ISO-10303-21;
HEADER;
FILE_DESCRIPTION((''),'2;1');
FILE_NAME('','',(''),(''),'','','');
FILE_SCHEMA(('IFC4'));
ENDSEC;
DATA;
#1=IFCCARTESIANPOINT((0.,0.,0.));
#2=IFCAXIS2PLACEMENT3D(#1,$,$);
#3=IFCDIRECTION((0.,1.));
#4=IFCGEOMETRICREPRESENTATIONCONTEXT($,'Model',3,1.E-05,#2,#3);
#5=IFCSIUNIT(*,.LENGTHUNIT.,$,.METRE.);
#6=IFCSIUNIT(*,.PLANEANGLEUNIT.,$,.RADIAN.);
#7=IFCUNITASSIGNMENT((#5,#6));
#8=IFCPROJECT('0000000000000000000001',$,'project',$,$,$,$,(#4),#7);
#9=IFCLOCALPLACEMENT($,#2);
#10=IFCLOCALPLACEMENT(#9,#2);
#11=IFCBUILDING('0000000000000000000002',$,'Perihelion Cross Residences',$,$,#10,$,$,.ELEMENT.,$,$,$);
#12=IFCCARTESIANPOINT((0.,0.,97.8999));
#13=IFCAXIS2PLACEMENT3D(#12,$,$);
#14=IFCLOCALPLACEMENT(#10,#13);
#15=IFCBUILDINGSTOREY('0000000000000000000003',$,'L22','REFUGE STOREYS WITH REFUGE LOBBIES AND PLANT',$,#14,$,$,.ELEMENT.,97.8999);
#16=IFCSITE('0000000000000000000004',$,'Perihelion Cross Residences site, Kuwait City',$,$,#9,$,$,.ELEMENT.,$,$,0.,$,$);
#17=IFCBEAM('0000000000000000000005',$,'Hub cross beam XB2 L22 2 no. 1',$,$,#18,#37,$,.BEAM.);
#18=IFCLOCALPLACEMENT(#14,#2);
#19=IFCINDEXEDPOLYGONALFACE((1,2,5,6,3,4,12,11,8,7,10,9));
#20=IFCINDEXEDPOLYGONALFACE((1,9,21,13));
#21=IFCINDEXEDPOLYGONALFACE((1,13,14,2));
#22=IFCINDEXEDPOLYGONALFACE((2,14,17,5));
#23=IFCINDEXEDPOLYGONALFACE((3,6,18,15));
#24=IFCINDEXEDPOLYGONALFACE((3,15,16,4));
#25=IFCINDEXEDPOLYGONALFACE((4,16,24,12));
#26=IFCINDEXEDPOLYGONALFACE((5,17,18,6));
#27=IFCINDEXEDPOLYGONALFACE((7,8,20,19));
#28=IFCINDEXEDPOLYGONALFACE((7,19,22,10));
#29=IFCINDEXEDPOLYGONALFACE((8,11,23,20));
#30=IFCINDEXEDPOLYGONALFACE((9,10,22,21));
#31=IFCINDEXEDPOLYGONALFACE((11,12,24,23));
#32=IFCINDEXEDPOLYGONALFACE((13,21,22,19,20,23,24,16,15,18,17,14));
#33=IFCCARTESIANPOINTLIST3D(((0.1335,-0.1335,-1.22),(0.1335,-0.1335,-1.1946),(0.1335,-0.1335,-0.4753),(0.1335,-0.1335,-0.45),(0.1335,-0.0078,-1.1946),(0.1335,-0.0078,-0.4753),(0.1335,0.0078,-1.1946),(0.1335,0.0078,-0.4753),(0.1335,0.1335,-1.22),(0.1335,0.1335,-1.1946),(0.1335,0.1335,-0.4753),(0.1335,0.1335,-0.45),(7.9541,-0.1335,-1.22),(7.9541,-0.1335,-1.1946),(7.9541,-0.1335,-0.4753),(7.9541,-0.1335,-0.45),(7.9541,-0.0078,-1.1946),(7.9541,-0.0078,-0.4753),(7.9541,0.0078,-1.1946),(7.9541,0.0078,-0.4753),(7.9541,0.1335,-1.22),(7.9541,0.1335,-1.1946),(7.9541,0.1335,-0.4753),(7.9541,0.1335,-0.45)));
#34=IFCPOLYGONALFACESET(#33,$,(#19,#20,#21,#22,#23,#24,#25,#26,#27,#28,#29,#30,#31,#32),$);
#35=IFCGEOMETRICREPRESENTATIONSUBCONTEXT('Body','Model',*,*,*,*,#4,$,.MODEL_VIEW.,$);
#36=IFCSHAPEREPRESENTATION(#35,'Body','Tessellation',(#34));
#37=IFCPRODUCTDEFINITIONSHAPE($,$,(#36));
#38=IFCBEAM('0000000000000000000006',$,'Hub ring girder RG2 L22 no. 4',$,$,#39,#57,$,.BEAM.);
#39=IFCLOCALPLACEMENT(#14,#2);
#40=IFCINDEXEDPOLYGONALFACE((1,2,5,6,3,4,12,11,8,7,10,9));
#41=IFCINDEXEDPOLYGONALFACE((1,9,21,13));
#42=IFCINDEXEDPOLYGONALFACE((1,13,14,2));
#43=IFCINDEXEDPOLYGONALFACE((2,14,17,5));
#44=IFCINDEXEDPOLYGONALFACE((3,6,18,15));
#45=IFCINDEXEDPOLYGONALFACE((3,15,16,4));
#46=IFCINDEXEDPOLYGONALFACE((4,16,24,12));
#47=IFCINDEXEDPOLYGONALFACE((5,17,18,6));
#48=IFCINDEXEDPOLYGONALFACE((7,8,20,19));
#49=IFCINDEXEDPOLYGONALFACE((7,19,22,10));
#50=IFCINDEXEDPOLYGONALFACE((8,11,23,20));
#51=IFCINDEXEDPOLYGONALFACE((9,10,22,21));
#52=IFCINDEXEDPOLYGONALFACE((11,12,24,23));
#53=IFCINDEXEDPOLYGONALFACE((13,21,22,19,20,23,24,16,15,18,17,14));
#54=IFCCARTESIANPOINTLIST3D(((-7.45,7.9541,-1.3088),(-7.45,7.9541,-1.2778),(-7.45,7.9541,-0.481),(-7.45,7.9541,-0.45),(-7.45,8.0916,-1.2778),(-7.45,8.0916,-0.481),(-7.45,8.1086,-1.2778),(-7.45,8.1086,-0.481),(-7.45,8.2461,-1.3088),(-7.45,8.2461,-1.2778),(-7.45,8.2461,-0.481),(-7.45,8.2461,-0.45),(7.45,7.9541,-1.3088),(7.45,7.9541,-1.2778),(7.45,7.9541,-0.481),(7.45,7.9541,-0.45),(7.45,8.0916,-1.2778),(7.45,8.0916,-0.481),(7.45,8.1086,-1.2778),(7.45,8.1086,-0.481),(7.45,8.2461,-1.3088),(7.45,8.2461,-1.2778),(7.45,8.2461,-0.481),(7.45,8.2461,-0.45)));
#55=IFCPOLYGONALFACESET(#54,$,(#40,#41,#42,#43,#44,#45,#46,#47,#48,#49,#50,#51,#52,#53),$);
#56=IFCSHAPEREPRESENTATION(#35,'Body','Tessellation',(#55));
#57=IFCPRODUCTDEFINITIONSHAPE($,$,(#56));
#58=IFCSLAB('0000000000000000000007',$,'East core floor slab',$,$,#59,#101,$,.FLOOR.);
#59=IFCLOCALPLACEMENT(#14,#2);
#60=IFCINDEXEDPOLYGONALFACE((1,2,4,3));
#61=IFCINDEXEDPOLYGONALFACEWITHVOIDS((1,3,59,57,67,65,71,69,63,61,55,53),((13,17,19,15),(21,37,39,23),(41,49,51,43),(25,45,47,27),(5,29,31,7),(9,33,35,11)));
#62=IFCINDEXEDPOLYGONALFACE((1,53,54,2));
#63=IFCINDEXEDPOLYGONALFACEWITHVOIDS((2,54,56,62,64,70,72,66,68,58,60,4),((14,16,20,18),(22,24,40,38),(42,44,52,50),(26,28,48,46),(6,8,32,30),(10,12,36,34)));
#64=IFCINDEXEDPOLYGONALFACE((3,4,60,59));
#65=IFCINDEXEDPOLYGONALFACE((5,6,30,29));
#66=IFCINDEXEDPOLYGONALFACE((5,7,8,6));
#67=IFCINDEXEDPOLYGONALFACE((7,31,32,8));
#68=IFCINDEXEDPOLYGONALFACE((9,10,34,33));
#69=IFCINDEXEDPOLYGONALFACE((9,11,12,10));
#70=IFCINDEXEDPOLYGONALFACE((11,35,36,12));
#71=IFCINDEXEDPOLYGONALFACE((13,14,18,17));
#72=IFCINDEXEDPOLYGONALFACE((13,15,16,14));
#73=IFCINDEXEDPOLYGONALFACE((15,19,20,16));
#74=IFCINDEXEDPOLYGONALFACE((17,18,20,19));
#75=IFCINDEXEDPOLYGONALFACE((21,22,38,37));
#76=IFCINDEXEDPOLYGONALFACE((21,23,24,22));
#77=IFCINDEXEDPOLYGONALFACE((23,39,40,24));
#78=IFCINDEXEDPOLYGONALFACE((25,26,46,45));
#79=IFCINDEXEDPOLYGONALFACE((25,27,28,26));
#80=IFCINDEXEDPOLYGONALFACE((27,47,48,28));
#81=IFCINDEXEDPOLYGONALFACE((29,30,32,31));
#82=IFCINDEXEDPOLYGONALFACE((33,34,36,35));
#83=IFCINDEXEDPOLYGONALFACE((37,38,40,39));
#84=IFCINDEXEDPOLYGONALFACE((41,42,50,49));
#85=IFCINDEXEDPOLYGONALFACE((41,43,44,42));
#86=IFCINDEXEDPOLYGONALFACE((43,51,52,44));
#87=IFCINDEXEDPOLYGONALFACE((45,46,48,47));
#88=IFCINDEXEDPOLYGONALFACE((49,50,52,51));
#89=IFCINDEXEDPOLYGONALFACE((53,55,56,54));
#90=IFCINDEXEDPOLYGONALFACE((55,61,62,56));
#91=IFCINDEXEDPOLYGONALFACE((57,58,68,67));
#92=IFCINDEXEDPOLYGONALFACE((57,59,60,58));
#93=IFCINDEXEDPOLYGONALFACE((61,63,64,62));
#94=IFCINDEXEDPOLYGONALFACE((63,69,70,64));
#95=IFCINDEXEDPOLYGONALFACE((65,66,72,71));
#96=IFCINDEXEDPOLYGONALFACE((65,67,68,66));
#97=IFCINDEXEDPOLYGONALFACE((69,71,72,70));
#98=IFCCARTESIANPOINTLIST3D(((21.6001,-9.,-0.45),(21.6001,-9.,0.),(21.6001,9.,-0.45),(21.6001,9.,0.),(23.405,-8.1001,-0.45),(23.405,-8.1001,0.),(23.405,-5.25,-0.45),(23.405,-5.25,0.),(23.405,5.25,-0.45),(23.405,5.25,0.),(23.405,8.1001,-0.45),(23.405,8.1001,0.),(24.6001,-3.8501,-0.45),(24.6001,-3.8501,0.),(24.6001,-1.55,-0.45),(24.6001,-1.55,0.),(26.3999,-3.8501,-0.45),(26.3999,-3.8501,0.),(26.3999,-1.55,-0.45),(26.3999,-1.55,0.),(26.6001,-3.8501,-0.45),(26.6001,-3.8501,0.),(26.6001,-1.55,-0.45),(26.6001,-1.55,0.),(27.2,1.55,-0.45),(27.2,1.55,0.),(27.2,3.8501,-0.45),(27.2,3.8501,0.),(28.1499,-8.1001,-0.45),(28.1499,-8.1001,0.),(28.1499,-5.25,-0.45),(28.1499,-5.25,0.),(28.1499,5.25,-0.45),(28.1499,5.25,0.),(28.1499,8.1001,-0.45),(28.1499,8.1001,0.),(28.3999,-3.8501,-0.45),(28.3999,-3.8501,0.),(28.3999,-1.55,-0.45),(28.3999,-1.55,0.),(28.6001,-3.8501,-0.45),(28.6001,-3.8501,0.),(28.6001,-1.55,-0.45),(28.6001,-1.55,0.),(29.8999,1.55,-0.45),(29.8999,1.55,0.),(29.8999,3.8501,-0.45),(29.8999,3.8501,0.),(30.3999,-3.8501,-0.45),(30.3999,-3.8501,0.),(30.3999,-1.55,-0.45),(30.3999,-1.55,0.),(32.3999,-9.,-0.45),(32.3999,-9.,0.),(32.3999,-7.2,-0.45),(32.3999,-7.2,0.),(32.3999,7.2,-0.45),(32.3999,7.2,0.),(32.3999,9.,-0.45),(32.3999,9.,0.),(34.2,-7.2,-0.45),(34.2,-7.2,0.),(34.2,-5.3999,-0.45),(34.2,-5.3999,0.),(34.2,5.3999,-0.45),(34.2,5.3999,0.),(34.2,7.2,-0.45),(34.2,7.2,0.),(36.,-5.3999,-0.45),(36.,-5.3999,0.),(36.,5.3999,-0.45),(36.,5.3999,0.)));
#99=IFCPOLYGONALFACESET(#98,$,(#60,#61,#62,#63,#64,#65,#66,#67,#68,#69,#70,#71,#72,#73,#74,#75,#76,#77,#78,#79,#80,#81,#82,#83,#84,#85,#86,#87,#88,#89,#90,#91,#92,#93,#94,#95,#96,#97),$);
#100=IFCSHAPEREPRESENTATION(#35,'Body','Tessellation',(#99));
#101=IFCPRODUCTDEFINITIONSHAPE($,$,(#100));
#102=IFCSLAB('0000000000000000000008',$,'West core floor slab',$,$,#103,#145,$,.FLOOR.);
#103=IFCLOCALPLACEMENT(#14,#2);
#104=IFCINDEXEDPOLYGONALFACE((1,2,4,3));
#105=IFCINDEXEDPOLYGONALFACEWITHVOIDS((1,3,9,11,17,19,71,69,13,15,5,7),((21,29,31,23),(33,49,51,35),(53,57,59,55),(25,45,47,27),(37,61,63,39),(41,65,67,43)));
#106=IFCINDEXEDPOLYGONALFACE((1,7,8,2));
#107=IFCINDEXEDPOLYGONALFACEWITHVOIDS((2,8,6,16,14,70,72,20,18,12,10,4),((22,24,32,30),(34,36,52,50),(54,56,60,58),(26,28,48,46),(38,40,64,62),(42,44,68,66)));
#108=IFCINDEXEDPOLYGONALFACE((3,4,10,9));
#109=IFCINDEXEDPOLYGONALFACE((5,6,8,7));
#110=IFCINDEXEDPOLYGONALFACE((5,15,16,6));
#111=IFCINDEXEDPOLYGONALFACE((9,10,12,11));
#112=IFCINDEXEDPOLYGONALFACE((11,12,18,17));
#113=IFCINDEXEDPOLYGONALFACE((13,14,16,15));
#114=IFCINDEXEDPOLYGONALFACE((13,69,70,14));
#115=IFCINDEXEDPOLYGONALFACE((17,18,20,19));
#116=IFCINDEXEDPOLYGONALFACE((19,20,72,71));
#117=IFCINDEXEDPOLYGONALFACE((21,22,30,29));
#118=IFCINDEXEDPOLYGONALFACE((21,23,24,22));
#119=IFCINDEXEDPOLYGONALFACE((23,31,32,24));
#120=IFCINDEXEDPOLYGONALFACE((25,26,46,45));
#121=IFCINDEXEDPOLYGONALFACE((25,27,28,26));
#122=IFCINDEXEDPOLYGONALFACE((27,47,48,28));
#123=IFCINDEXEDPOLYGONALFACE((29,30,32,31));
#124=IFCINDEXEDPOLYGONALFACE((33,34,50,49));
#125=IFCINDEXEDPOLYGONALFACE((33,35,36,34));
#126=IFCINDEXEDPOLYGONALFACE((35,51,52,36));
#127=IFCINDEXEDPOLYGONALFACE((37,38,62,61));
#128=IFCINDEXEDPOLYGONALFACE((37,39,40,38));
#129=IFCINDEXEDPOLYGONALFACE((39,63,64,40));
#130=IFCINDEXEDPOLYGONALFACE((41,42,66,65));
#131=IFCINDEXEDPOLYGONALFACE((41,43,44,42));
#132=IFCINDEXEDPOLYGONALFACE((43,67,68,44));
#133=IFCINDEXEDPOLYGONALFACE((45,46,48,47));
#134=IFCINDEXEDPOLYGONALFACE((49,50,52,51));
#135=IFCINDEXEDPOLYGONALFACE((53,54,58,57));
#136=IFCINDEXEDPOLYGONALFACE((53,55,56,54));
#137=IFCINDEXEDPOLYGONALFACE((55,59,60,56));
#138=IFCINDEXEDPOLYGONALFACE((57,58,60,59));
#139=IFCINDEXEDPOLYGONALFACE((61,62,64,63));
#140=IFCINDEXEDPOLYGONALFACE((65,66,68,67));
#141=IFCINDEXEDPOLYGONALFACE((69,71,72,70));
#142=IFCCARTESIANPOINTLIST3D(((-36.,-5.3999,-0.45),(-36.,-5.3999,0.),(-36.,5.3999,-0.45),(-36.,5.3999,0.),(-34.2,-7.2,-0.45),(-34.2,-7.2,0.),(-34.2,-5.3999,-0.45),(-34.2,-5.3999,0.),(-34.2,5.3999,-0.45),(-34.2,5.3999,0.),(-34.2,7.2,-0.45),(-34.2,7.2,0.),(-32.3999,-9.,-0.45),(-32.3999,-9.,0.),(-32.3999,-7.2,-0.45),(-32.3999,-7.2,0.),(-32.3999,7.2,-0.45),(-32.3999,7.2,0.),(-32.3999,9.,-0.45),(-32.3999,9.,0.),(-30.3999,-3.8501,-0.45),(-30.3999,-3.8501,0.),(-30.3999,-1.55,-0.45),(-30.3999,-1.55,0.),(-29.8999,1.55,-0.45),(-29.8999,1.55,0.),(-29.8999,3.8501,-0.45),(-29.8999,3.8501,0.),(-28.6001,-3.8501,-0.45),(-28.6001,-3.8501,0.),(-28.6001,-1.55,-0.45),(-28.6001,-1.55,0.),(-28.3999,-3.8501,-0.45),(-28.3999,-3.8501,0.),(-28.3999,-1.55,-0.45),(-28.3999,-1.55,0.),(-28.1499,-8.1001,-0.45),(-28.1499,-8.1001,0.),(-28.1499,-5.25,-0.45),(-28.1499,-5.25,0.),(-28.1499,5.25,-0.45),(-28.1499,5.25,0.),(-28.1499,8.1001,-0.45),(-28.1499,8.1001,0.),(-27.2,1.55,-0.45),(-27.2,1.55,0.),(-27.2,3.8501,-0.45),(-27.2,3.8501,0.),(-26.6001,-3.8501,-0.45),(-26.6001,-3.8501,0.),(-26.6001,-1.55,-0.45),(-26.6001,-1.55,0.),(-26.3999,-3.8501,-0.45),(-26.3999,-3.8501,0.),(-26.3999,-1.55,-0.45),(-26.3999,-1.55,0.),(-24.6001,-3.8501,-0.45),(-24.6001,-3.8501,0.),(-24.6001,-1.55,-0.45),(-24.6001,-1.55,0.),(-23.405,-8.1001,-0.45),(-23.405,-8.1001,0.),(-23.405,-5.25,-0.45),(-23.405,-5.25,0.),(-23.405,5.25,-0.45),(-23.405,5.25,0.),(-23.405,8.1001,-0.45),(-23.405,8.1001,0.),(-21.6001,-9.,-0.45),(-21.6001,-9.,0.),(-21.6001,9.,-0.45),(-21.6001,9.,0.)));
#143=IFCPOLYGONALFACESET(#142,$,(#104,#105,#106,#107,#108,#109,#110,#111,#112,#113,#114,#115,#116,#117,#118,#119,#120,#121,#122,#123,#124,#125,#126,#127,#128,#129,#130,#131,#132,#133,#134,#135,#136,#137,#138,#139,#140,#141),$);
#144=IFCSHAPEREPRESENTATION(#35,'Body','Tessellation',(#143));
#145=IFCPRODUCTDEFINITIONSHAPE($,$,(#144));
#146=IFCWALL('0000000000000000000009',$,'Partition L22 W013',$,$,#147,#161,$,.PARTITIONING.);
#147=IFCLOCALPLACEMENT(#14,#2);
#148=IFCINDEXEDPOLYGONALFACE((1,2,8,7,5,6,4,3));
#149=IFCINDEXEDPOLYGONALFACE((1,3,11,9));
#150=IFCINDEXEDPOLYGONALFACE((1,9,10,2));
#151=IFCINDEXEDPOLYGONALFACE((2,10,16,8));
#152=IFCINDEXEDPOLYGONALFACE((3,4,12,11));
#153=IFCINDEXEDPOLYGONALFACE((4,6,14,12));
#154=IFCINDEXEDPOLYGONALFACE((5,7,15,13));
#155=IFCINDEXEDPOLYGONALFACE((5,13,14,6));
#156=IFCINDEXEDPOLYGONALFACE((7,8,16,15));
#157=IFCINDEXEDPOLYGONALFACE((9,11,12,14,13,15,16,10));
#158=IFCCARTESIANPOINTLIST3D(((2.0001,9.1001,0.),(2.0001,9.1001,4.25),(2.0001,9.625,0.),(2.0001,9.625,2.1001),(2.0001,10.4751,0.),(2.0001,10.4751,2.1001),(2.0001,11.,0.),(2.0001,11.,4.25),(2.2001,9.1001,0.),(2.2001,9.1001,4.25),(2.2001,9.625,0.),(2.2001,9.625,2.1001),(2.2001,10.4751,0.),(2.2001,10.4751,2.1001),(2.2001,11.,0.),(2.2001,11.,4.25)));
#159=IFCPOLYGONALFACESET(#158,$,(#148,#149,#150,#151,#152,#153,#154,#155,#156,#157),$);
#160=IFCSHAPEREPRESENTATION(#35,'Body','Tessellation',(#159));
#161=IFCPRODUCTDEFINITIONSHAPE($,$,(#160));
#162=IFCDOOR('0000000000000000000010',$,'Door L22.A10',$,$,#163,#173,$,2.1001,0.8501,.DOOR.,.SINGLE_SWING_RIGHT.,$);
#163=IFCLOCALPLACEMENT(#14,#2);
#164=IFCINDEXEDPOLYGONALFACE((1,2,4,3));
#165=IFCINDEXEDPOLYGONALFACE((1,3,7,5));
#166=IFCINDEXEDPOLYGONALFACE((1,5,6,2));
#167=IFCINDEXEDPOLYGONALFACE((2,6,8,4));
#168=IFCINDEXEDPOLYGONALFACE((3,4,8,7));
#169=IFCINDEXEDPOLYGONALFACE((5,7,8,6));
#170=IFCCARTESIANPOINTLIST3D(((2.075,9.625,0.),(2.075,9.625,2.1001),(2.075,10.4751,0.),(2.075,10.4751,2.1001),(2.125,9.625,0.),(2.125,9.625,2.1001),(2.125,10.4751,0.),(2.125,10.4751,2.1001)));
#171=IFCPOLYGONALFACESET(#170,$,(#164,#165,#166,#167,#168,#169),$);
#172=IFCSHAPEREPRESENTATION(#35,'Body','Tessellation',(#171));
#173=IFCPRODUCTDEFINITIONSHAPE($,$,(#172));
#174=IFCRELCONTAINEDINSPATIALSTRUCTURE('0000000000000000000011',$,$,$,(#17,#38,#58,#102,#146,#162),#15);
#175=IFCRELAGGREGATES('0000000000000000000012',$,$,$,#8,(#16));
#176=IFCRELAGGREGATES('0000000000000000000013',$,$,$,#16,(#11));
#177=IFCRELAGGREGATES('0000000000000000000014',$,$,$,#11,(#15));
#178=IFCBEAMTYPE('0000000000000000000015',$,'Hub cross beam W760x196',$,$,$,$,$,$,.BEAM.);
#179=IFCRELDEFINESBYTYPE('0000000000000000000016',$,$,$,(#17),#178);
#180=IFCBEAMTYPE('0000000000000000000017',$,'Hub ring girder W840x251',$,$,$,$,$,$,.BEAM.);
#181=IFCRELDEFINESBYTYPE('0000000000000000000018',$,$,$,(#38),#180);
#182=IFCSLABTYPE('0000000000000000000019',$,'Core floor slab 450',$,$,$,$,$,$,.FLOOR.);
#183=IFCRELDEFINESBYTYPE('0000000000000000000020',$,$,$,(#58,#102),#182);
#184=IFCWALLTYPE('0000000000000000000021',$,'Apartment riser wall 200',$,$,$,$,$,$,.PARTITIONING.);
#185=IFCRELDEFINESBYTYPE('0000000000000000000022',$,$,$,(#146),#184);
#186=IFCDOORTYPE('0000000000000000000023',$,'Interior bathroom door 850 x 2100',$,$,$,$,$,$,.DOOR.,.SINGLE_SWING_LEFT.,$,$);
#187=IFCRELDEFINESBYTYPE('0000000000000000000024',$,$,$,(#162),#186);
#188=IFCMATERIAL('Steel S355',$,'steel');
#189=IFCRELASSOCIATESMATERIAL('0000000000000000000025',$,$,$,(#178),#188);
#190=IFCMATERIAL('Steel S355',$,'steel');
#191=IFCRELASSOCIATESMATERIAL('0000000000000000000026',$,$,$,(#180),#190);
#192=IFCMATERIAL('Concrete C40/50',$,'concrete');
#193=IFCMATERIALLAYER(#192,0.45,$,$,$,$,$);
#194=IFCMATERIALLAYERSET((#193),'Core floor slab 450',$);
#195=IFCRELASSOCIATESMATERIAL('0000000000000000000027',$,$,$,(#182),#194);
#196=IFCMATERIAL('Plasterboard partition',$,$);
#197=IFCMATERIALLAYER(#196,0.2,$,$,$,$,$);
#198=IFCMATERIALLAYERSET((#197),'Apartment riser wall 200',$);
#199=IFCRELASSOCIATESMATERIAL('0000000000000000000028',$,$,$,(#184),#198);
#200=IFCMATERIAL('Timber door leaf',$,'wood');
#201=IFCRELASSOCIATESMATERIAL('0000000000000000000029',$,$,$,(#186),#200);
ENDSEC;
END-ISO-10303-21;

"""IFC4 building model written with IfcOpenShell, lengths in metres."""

from ifc_helpers import new_model, si_unit, direction, frame, frame_2d, origin, origin_2d, place, context, subcontext, project, spatial, polyline, rectangle, i_section, outline, extrude, material, layer, layer_set, material_profile, profile_set, type_object, element, fill, save


model = new_model("IFC4")

# Units and contexts
model_context = context("Model", 3, precision=1e-05, world=origin(), true_north=direction((0.0, 1.0)))
body_context = subcontext(model_context, "Body", "Model", "MODEL_VIEW")
ifc_project = project(units=[si_unit("LENGTHUNIT", "METRE"), si_unit("PLANEANGLEUNIT", "RADIAN")], contexts=[model_context])

# Site, building, storey
site_placement = place(None, origin())
site = spatial("IfcSite", under=ifc_project, at=site_placement, Name="Perihelion Cross Residences site, Kuwait City", CompositionType="ELEMENT", RefElevation=0.0)
building_placement = place(site_placement, origin())
building = spatial("IfcBuilding", under=site, at=building_placement, Name="Perihelion Cross Residences", CompositionType="ELEMENT")
storey_placement = place(building_placement, frame((0.0, 0.0, 97.8999)))
storey = spatial("IfcBuildingStorey", under=building, at=storey_placement, Name="L22", Description="REFUGE STOREYS WITH REFUGE LOBBIES AND PLANT", CompositionType="ELEMENT", Elevation=97.8999)

# Beams
ifc_material_1 = material(Name="Steel S355", Category="steel")
ifc_material_profile_1 = material_profile(ifc_material_1, i_section(OverallWidth=0.2671, OverallDepth=0.77, WebThickness=0.0156, FlangeThickness=0.0254, at=origin_2d()), Name="W760x196")
ifc_profile_set_1 = profile_set([ifc_material_profile_1], Name="Steel S355")
beam_type_1 = type_object("IfcBeamType", Name="Hub cross beam W760x196", PredefinedType="BEAM", material=ifc_profile_set_1)
beam_1_placement = place(storey_placement, frame((0.1335, 0.0, -0.835), z_axis=(1.0, 0.0, 0.0), x_axis=(0.0, 1.0, 0.0)))
element("IfcBeam", 1, at=beam_1_placement, inside=storey, type_object=beam_type_1, Name="Hub cross beam XB2 L22 2 no. 1", PredefinedType="BEAM", context=body_context, shape_type="SweptSolid", body=[
    extrude(i_section(OverallWidth=0.2671, OverallDepth=0.77, WebThickness=0.0156, FlangeThickness=0.0254, at=origin_2d()), origin(), (0.0, 0.0, 1.0), 7.8206),
])
ifc_material_2 = material(Name="Steel S355", Category="steel")
ifc_material_profile_2 = material_profile(ifc_material_2, i_section(OverallWidth=0.292, OverallDepth=0.8589, WebThickness=0.0171, FlangeThickness=0.031, at=origin_2d()), Name="W840x251")
ifc_profile_set_2 = profile_set([ifc_material_profile_2], Name="Steel S355")
beam_type_2 = type_object("IfcBeamType", Name="Hub ring girder W840x251", PredefinedType="BEAM", material=ifc_profile_set_2)
beam_2_placement = place(storey_placement, frame((7.45, 8.1001, -0.8794), z_axis=(-1.0, 0.0, 0.0), x_axis=(0.0, -1.0, 0.0)))
element("IfcBeam", 2, at=beam_2_placement, inside=storey, type_object=beam_type_2, Name="Hub ring girder RG2 L22 no. 4", PredefinedType="BEAM", context=body_context, shape_type="SweptSolid", body=[
    extrude(i_section(OverallWidth=0.292, OverallDepth=0.8589, WebThickness=0.0171, FlangeThickness=0.031, at=origin_2d()), origin(), (0.0, 0.0, 1.0), 14.8999),
])

# Slabs
ifc_material_3 = material(Name="Concrete C40/50", Category="concrete")
ifc_layer_1 = layer(ifc_material_3, 0.45)
ifc_layer_set_1 = layer_set([ifc_layer_1], Name="Core floor slab 450")
slab_type = type_object("IfcSlabType", Name="Core floor slab 450", PredefinedType="FLOOR", material=ifc_layer_set_1)
slab_1_placement = place(storey_placement, frame((0.0, 0.0, -0.45)))
element("IfcSlab", 3, at=slab_1_placement, inside=storey, type_object=slab_type, Name="East core floor slab", PredefinedType="FLOOR", context=body_context, shape_type="SweptSolid", body=[
    extrude(outline(polyline([(32.3999, 7.2), (34.2, 7.2), (34.2, 5.3999), (36.0, 5.3999), (36.0, -5.3999), (34.2, -5.3999), (34.2, -7.2), (32.3999, -7.2), (32.3999, -9.0), (21.6001, -9.0), (21.6001, 9.0), (32.3999, 9.0), (32.3999, 7.2)]), holes=[polyline([(28.1499, -8.1001), (28.1499, -5.25), (23.405, -5.25), (23.405, -8.1001), (28.1499, -8.1001)]), polyline([(24.6001, -1.55), (24.6001, -3.8501), (26.3999, -3.8501), (26.3999, -1.55), (24.6001, -1.55)]), polyline([(26.6001, -1.55), (26.6001, -3.8501), (28.3999, -3.8501), (28.3999, -1.55), (26.6001, -1.55)]), polyline([(28.6001, -3.8501), (30.3999, -3.8501), (30.3999, -1.55), (28.6001, -1.55), (28.6001, -3.8501)]), polyline([(27.2, 3.8501), (27.2, 1.55), (29.8999, 1.55), (29.8999, 3.8501), (27.2, 3.8501)]), polyline([(23.405, 5.25), (28.1499, 5.25), (28.1499, 8.1001), (23.405, 8.1001), (23.405, 5.25)])]), origin(), (0.0, 0.0, 1.0), 0.45),
])
slab_2_placement = place(storey_placement, frame((0.0, 0.0, -0.45)))
element("IfcSlab", 4, at=slab_2_placement, inside=storey, type_object=slab_type, Name="West core floor slab", PredefinedType="FLOOR", context=body_context, shape_type="SweptSolid", body=[
    extrude(outline(polyline([(-32.3999, 7.2), (-34.2, 7.2), (-34.2, 5.3999), (-36.0, 5.3999), (-36.0, -5.3999), (-34.2, -5.3999), (-34.2, -7.2), (-32.3999, -7.2), (-32.3999, -9.0), (-21.6001, -9.0), (-21.6001, 9.0), (-32.3999, 9.0), (-32.3999, 7.2)]), holes=[polyline([(-28.1499, -8.1001), (-28.1499, -5.25), (-23.405, -5.25), (-23.405, -8.1001), (-28.1499, -8.1001)]), polyline([(-24.6001, -1.55), (-24.6001, -3.8501), (-26.3999, -3.8501), (-26.3999, -1.55), (-24.6001, -1.55)]), polyline([(-26.6001, -1.55), (-26.6001, -3.8501), (-28.3999, -3.8501), (-28.3999, -1.55), (-26.6001, -1.55)]), polyline([(-28.6001, -3.8501), (-30.3999, -3.8501), (-30.3999, -1.55), (-28.6001, -1.55), (-28.6001, -3.8501)]), polyline([(-27.2, 3.8501), (-27.2, 1.55), (-29.8999, 1.55), (-29.8999, 3.8501), (-27.2, 3.8501)]), polyline([(-23.405, 5.25), (-28.1499, 5.25), (-28.1499, 8.1001), (-23.405, 8.1001), (-23.405, 5.25)])]), origin(), (0.0, 0.0, 1.0), 0.45),
])

# Wall, opening, door
ifc_material_4 = material(Name="Plasterboard partition")
ifc_layer_2 = layer(ifc_material_4, 0.2)
ifc_layer_set_2 = layer_set([ifc_layer_2], Name="Apartment riser wall 200")
wall_type_1 = type_object("IfcWallType", Name="Apartment riser wall 200", PredefinedType="PARTITIONING", material=ifc_layer_set_2)
wall_1_placement = place(storey_placement, frame((2.1001, 11.0, 0.0), z_axis=(0.0, 0.0, 1.0), x_axis=(0.0, -1.0, 0.0)))
wall_1 = element("IfcWall", 5, at=wall_1_placement, inside=storey, type_object=wall_type_1, Name="Partition L22 W013", PredefinedType="PARTITIONING", context=body_context, shape_type="SweptSolid", body=[
    extrude(rectangle(XDim=1.8999, YDim=0.2, at=frame_2d((0.95, 0.0))), origin(), (0.0, 0.0, 1.0), 4.25),
])
opening_1_placement = place(wall_1_placement, frame((0.5249, 0.0, 0.0)))
opening_1 = element("IfcOpeningElement", 6, at=opening_1_placement, cuts=wall_1, PredefinedType="OPENING", context=body_context, shape_type="SweptSolid", body=[
    extrude(rectangle(XDim=0.8501, YDim=2.1001, at=frame_2d((0.425, 1.05))), frame((0.0, 0.1099, 0.0), z_axis=(0.0, -1.0, 0.0), x_axis=(1.0, 0.0, 0.0)), (0.0, 0.0, 1.0), 0.22),
])
ifc_material_5 = material(Name="Timber door leaf", Category="wood")
door_type_1 = type_object("IfcDoorType", Name="Interior bathroom door 850 x 2100", OperationType="SINGLE_SWING_LEFT", PredefinedType="DOOR", material=ifc_material_5)
door_1_placement = place(opening_1_placement, origin())
door_1 = element("IfcDoor", 7, at=door_1_placement, inside=storey, type_object=door_type_1, Name="Door L22.A10", OperationType="SINGLE_SWING_RIGHT", OverallHeight=2.1001, OverallWidth=0.8501, PredefinedType="DOOR", context=body_context, shape_type="SweptSolid", body=[
    extrude(rectangle(XDim=0.8501, YDim=2.1001, at=frame_2d((0.425, 1.05))), frame((0.0, 0.0249, 0.0), z_axis=(0.0, -1.0, 0.0), x_axis=(1.0, 0.0, 0.0)), (0.0, 0.0, 1.0), 0.05),
])
fill(opening_1, door_1)

save(model, "model.ifc")
